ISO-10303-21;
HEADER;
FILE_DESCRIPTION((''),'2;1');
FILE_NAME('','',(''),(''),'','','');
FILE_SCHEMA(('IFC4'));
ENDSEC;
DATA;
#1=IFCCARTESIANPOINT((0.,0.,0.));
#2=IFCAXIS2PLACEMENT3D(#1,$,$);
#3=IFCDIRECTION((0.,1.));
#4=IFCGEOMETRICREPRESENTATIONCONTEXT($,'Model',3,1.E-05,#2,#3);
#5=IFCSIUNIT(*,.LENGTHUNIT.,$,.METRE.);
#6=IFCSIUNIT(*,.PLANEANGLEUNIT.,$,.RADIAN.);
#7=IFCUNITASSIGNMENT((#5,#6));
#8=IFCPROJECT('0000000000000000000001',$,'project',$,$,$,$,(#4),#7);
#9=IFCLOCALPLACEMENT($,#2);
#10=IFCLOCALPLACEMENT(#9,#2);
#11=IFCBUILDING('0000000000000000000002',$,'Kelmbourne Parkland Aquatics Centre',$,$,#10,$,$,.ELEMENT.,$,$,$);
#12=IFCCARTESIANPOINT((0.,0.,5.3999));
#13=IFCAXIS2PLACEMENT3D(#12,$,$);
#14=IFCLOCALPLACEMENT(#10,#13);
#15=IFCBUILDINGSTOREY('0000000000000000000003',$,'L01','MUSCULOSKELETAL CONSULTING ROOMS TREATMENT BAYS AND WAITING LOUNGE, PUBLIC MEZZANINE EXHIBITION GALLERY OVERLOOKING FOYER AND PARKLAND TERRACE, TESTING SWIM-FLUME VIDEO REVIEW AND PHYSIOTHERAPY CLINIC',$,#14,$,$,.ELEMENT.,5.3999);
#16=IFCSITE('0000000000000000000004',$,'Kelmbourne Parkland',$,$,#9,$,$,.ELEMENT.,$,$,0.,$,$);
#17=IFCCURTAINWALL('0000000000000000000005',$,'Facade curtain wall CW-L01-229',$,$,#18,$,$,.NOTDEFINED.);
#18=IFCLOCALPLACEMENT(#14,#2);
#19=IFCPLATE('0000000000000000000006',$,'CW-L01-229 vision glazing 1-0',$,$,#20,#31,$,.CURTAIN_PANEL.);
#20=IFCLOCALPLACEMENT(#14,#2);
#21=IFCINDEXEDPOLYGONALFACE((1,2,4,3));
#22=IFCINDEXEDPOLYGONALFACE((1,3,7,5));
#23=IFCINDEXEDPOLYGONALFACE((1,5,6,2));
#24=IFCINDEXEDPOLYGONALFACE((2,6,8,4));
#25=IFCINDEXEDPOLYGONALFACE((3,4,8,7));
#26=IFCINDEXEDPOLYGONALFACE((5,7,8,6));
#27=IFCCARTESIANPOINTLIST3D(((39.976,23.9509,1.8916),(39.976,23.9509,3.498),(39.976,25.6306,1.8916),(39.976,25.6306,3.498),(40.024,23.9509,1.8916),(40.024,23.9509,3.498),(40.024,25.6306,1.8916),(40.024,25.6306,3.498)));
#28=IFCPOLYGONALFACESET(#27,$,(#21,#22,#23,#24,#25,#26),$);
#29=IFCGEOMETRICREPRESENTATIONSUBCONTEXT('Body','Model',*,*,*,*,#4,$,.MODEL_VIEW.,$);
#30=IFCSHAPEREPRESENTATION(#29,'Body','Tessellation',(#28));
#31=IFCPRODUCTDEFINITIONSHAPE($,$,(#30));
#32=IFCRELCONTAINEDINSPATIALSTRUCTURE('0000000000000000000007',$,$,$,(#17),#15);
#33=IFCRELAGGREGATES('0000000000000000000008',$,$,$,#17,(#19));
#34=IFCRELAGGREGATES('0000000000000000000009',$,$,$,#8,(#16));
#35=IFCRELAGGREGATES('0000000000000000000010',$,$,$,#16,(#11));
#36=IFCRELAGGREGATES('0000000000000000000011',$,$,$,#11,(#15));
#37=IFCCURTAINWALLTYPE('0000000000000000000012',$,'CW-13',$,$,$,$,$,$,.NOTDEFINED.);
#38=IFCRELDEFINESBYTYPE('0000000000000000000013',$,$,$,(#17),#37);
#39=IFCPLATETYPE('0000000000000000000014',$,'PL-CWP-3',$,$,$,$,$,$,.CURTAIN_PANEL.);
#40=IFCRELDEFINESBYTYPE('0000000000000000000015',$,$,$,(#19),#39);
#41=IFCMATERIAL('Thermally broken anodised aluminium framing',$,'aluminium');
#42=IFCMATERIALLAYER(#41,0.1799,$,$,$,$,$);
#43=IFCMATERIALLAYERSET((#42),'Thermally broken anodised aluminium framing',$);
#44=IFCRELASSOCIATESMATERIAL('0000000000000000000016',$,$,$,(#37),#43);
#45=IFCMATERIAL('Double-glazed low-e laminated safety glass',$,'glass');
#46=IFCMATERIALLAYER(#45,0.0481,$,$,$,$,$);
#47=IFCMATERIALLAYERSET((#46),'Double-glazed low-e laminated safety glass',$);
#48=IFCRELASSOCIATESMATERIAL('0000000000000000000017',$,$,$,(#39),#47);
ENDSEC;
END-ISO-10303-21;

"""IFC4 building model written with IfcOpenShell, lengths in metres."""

from ifc_helpers import new_model, si_unit, direction, frame, origin, origin_2d, place, context, subcontext, project, spatial, rectangle, extrude, material, layer, layer_set, type_object, element, aggregate, save


model = new_model("IFC4")

# Units and contexts
model_context = context("Model", 3, precision=1e-05, world=origin(), true_north=direction((0.0, 1.0)))
body_context = subcontext(model_context, "Body", "Model", "MODEL_VIEW")
ifc_project = project(units=[si_unit("LENGTHUNIT", "METRE"), si_unit("PLANEANGLEUNIT", "RADIAN")], contexts=[model_context])

# Site, building, storey
site_placement = place(None, origin())
site = spatial("IfcSite", under=ifc_project, at=site_placement, Name="Kelmbourne Parkland", CompositionType="ELEMENT", RefElevation=0.0)
building_placement = place(site_placement, origin())
building = spatial("IfcBuilding", under=site, at=building_placement, Name="Kelmbourne Parkland Aquatics Centre", CompositionType="ELEMENT")
storey_placement = place(building_placement, frame((0.0, 0.0, 5.3999)))
storey = spatial("IfcBuildingStorey", under=building, at=storey_placement, Name="L01", Description="MUSCULOSKELETAL CONSULTING ROOMS TREATMENT BAYS AND WAITING LOUNGE, PUBLIC MEZZANINE EXHIBITION GALLERY OVERLOOKING FOYER AND PARKLAND TERRACE, TESTING SWIM-FLUME VIDEO REVIEW AND PHYSIOTHERAPY CLINIC", CompositionType="ELEMENT", Elevation=5.3999)

# Shared definitions
ifc_material_1 = material(Name="Thermally broken anodised aluminium framing", Category="aluminium")

# Curtain wall
ifc_layer_1 = layer(ifc_material_1, 0.1799)
ifc_layer_set_1 = layer_set([ifc_layer_1], Name="Thermally broken anodised aluminium framing")
curtain_wall_type_1 = type_object("IfcCurtainWallType", Name="CW-13", PredefinedType="NOTDEFINED", material=ifc_layer_set_1)
curtain_wall_1_placement = place(storey_placement, origin())
curtain_wall_1 = element("IfcCurtainWall", 1, at=curtain_wall_1_placement, inside=storey, type_object=curtain_wall_type_1, Name="Facade curtain wall CW-L01-229", PredefinedType="NOTDEFINED")

# Plate
ifc_material_2 = material(Name="Double-glazed low-e laminated safety glass", Category="glass")
ifc_layer_2 = layer(ifc_material_2, 0.0481)
ifc_layer_set_2 = layer_set([ifc_layer_2], Name="Double-glazed low-e laminated safety glass")
plate_type_1 = type_object("IfcPlateType", Name="PL-CWP-3", PredefinedType="CURTAIN_PANEL", material=ifc_layer_set_2)
plate_1_placement = place(storey_placement, frame((40.0, 24.7908, 1.8916), z_axis=(0.0, 0.0, 1.0), x_axis=(0.0, 1.0, 0.0)))
plate_1 = element("IfcPlate", 2, at=plate_1_placement, type_object=plate_type_1, Name="CW-L01-229 vision glazing 1-0", PredefinedType="CURTAIN_PANEL", context=body_context, shape_type="SweptSolid", body=[
    extrude(rectangle(XDim=1.6797, YDim=0.0481, at=origin_2d()), origin(), (0.0, 0.0, 1.0), 1.6064),
])
aggregate(curtain_wall_1, [plate_1])

save(model, "model.ifc")
